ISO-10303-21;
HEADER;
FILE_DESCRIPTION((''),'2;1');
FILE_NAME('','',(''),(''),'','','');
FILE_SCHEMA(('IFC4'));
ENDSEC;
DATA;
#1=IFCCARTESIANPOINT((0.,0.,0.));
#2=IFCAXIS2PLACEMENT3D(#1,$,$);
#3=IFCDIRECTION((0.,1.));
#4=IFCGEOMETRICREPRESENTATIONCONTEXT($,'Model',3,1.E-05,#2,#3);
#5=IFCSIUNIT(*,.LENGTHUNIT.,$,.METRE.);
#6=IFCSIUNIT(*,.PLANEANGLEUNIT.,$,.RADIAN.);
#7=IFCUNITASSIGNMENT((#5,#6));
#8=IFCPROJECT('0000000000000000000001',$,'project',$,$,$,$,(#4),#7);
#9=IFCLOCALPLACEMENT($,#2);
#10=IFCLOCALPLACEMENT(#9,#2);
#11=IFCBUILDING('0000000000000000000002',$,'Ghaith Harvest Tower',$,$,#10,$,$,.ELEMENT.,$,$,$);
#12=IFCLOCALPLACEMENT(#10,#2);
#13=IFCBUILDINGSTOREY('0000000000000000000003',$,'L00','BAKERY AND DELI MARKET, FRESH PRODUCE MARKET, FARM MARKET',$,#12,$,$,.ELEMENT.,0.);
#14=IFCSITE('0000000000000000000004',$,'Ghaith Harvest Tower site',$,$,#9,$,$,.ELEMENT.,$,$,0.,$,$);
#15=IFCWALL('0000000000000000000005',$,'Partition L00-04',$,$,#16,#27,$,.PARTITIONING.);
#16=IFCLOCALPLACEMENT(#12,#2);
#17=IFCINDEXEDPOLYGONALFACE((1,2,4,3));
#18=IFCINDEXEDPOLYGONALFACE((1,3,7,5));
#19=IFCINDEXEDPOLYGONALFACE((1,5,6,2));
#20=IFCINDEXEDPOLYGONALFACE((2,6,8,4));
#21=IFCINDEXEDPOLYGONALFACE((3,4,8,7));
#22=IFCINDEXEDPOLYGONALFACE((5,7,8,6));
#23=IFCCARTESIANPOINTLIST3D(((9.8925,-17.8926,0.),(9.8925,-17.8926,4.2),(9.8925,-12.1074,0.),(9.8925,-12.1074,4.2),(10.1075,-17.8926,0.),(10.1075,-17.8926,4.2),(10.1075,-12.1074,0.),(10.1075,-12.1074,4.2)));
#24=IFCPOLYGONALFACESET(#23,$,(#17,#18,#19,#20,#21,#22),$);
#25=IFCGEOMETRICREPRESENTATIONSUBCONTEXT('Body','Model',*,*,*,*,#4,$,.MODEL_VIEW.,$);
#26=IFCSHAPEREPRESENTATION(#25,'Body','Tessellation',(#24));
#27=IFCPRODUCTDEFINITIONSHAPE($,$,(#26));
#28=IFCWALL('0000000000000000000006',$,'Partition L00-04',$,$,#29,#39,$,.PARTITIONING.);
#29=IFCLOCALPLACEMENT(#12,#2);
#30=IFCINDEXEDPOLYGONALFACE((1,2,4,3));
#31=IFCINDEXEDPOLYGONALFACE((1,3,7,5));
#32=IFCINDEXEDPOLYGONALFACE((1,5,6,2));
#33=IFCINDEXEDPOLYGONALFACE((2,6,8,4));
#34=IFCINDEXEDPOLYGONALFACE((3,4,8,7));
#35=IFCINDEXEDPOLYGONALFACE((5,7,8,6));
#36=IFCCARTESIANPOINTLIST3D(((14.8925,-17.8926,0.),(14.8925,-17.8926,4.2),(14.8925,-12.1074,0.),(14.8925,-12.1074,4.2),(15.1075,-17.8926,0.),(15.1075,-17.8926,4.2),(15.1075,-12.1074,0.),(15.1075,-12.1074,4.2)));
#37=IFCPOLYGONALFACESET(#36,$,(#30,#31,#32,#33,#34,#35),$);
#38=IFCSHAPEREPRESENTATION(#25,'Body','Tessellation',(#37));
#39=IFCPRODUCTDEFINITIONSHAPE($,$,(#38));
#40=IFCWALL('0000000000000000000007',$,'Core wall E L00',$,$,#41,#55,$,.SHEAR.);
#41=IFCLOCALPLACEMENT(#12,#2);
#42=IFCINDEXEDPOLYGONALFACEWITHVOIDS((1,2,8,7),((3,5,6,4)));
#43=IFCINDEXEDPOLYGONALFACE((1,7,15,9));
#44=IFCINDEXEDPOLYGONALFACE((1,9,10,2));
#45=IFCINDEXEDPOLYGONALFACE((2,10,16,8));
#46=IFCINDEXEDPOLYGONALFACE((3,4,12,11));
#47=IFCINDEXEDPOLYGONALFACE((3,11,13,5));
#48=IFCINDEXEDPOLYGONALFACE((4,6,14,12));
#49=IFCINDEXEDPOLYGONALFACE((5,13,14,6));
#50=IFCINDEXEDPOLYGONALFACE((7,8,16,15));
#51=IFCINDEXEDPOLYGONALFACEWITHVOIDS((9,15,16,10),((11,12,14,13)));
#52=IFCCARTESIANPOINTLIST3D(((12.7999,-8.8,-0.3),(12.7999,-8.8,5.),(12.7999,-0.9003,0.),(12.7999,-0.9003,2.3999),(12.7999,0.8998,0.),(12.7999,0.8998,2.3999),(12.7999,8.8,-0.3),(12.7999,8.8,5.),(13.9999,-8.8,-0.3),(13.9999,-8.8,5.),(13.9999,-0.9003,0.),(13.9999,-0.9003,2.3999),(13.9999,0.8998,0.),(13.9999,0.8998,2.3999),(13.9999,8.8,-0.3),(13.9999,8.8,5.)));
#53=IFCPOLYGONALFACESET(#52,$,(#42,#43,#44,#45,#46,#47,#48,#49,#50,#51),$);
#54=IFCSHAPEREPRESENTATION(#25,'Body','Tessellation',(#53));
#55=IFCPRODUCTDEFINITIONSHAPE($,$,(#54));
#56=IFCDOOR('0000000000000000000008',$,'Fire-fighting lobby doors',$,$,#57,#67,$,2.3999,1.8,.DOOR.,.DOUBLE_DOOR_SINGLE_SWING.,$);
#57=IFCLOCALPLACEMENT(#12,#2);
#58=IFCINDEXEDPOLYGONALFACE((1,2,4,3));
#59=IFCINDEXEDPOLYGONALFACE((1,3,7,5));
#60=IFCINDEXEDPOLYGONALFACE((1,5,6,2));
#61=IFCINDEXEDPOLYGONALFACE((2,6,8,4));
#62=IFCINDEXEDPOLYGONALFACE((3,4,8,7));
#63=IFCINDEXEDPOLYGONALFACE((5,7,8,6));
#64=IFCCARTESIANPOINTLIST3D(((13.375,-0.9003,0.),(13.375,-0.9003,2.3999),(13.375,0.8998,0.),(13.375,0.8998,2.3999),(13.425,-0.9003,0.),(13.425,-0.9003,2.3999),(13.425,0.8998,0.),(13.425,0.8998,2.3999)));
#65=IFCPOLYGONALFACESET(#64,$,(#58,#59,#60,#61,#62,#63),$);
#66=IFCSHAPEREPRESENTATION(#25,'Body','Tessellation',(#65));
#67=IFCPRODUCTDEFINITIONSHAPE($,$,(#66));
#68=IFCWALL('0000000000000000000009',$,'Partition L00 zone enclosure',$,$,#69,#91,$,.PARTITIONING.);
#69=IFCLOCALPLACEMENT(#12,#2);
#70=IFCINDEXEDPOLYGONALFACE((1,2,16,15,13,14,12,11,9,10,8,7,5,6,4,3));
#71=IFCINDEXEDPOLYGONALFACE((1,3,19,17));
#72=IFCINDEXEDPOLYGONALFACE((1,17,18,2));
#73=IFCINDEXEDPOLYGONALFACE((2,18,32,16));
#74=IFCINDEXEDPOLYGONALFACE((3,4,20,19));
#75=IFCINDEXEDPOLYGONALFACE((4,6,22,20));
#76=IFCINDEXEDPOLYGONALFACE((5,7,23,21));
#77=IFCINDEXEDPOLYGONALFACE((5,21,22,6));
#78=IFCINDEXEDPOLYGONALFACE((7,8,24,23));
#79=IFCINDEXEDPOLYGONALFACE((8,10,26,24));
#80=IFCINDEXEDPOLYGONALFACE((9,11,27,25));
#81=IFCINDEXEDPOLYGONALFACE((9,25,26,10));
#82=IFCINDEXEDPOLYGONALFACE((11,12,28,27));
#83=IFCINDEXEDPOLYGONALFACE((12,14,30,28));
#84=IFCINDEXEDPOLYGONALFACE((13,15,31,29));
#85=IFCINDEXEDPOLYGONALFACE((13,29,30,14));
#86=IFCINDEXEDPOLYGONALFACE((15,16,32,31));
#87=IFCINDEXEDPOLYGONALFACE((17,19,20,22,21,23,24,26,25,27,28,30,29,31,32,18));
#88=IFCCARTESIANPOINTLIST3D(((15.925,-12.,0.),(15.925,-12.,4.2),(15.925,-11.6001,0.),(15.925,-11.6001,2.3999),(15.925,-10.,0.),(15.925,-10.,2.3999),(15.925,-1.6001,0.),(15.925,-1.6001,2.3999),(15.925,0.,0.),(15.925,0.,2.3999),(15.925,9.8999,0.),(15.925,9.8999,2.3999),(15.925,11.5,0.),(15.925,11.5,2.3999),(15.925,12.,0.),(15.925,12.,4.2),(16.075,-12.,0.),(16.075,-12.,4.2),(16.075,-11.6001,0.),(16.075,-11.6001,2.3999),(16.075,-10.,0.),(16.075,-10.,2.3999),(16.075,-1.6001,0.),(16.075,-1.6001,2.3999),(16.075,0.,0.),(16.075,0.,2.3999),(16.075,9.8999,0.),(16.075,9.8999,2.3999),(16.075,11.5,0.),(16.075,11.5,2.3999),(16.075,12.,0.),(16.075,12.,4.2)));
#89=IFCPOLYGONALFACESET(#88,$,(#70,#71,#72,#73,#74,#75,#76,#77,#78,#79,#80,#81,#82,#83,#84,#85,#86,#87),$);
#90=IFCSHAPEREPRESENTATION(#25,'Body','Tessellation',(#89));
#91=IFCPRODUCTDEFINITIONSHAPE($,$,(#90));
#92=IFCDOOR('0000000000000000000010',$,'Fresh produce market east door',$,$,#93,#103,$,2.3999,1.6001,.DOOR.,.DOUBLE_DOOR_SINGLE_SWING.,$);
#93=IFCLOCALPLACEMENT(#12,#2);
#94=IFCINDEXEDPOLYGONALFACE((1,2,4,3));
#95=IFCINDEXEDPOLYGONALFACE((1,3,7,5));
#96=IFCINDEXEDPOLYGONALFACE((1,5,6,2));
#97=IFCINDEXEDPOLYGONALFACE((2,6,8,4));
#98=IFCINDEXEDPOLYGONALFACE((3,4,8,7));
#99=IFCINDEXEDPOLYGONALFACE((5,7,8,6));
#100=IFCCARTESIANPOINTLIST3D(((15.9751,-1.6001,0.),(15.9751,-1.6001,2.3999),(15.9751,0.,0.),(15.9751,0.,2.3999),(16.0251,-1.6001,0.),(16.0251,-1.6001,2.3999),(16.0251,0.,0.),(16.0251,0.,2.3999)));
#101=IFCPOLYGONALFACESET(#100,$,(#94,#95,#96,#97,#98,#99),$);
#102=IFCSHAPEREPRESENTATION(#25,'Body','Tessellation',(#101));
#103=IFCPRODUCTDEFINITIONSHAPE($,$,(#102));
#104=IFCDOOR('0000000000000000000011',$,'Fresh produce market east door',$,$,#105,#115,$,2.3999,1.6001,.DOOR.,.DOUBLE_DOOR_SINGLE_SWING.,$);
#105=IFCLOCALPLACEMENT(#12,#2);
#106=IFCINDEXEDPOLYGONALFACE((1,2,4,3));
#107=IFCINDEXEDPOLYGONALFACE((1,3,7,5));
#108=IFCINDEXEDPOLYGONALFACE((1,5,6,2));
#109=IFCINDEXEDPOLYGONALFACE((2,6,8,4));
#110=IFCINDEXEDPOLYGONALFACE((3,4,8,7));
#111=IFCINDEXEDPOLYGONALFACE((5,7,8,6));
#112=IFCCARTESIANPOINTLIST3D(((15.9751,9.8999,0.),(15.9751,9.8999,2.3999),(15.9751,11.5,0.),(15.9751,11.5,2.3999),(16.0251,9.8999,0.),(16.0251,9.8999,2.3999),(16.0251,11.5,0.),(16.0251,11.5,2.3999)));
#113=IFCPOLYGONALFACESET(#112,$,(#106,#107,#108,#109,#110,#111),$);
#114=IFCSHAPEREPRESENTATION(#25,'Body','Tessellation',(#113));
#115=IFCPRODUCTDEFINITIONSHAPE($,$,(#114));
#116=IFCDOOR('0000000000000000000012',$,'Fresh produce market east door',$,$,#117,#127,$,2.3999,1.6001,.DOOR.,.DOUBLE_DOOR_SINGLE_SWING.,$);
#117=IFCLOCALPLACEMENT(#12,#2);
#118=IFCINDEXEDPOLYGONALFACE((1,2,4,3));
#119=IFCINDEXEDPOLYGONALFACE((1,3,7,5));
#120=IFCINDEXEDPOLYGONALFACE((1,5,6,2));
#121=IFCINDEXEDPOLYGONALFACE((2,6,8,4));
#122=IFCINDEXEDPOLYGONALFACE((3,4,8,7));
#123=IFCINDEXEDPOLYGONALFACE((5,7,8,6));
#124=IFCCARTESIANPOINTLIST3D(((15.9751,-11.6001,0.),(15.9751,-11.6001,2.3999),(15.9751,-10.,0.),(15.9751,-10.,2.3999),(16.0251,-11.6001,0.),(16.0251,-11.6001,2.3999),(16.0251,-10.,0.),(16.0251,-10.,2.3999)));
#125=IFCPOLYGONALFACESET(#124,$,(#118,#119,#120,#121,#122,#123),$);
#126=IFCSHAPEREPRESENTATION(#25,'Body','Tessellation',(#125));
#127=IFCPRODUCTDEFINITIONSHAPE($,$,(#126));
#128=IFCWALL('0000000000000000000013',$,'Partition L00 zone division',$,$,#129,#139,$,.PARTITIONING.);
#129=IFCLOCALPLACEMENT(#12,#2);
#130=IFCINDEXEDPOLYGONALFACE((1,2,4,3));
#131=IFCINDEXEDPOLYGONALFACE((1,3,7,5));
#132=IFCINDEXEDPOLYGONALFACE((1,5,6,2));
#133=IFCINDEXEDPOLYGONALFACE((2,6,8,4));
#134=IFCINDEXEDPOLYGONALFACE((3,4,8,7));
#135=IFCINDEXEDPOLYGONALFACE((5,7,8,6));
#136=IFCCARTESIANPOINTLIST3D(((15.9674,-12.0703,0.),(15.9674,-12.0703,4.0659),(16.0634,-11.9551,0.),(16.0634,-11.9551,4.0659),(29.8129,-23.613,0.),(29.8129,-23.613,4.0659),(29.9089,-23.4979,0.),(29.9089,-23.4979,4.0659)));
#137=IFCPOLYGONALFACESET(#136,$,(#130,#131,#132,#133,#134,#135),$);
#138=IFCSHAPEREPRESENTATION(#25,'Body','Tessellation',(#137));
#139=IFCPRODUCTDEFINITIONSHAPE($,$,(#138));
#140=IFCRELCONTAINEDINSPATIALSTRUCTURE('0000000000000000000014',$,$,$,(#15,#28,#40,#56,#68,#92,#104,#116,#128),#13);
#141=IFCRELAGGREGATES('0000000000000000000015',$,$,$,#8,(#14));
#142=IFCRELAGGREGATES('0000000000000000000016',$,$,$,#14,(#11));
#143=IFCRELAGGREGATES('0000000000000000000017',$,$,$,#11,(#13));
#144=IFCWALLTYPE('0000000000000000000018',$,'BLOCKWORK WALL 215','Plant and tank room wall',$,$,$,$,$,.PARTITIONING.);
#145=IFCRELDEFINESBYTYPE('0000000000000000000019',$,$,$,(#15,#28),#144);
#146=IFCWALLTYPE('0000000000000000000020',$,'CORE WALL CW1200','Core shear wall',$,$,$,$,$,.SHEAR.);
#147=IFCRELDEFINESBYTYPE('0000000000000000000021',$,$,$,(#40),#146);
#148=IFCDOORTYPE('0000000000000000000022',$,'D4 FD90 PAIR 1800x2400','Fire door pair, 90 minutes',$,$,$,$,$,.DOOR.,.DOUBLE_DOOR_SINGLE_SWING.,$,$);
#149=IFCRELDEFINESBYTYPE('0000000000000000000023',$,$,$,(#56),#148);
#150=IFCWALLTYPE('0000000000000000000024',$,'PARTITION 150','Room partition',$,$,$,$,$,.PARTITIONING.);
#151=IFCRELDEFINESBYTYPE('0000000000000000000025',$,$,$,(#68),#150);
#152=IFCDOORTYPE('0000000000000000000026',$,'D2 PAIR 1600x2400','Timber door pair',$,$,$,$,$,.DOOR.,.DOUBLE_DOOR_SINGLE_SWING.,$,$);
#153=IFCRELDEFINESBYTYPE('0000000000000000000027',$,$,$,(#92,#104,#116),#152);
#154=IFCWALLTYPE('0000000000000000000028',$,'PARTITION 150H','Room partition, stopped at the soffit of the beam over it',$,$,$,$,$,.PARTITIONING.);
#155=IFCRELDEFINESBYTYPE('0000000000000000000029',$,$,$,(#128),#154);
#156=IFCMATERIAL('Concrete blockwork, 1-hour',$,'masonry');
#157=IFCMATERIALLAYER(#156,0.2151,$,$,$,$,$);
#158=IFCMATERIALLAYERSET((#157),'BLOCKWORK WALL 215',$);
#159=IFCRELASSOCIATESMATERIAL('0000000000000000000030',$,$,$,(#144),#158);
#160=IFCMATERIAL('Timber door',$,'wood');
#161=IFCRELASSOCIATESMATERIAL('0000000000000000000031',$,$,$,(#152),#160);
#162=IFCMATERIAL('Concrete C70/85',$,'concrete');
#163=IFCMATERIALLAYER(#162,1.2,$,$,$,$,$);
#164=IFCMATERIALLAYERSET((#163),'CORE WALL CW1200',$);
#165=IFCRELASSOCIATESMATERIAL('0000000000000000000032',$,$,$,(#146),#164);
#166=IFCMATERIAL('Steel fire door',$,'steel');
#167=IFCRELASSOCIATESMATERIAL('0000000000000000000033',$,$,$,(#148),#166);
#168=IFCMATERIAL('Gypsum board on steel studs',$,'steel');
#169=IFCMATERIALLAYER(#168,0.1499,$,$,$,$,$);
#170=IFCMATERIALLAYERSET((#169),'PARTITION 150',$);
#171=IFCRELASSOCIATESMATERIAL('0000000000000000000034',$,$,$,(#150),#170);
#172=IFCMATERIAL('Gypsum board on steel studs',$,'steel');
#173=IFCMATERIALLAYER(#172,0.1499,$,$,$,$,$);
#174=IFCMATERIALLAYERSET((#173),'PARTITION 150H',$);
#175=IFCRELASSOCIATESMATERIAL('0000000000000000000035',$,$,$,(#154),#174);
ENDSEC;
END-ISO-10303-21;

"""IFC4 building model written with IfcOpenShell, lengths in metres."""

from ifc_helpers import new_model, si_unit, direction, frame, frame_2d, origin, place, context, subcontext, project, spatial, rectangle, extrude, material, layer, layer_set, type_object, element, fill, save


model = new_model("IFC4")

# Units and contexts
model_context = context("Model", 3, precision=1e-05, world=origin(), true_north=direction((0.0, 1.0)))
body_context = subcontext(model_context, "Body", "Model", "MODEL_VIEW")
ifc_project = project(units=[si_unit("LENGTHUNIT", "METRE"), si_unit("PLANEANGLEUNIT", "RADIAN")], contexts=[model_context])

# Site, building, storey
site_placement = place(None, origin())
site = spatial("IfcSite", under=ifc_project, at=site_placement, Name="Ghaith Harvest Tower site", CompositionType="ELEMENT", RefElevation=0.0)
building_placement = place(site_placement, origin())
building = spatial("IfcBuilding", under=site, at=building_placement, Name="Ghaith Harvest Tower", CompositionType="ELEMENT")
storey_placement = place(building_placement, origin())
storey = spatial("IfcBuildingStorey", under=building, at=storey_placement, Name="L00", Description="BAKERY AND DELI MARKET, FRESH PRODUCE MARKET, FARM MARKET", CompositionType="ELEMENT", Elevation=0.0)

# Shared definitions
ifc_material_1 = material(Name="Concrete blockwork, 1-hour", Category="masonry")
ifc_layer_1 = layer(ifc_material_1, 0.2151)
ifc_layer_set_1 = layer_set([ifc_layer_1], Name="BLOCKWORK WALL 215")
wall_type_1 = type_object("IfcWallType", Name="BLOCKWORK WALL 215", Description="Plant and tank room wall", PredefinedType="PARTITIONING", material=ifc_layer_set_1)
ifc_material_2 = material(Name="Timber door", Category="wood")
door_type_1 = type_object("IfcDoorType", Name="D2 PAIR 1600x2400", Description="Timber door pair", OperationType="DOUBLE_DOOR_SINGLE_SWING", PredefinedType="DOOR", material=ifc_material_2)

# Walls
for number, where, z_axis, x_axis, name in (
    (1, (10.0, -17.8926, 0.0), (0.0, 0.0, 1.0), (0.0, 1.0, 0.0), "Partition L00-04"),
    (2, (15.0, -17.8926, 0.0), (0.0, 0.0, 1.0), (0.0, 1.0, 0.0), "Partition L00-04"),
):
    element("IfcWall", number, at=place(storey_placement, frame(where, z_axis=z_axis, x_axis=x_axis)), inside=storey, type_object=wall_type_1, Name=name, PredefinedType="PARTITIONING", context=body_context, shape_type="SweptSolid", body=[
        extrude(rectangle(XDim=5.7852, YDim=0.2151, at=frame_2d((2.8926, 0.0))), origin(), (0.0, 0.0, 1.0), 4.2),
    ])

# Wall, opening, door
ifc_material_3 = material(Name="Concrete C70/85", Category="concrete")
ifc_layer_2 = layer(ifc_material_3, 1.2)
ifc_layer_set_2 = layer_set([ifc_layer_2], Name="CORE WALL CW1200")
wall_type_2 = type_object("IfcWallType", Name="CORE WALL CW1200", Description="Core shear wall", PredefinedType="SHEAR", material=ifc_layer_set_2)
wall_1_placement = place(storey_placement, frame((13.3999, -8.8, -0.3), z_axis=(0.0, 0.0, 1.0), x_axis=(0.0, 1.0, 0.0)))
wall_1 = element("IfcWall", 3, at=wall_1_placement, inside=storey, type_object=wall_type_2, Name="Core wall E L00", PredefinedType="SHEAR", context=body_context, shape_type="SweptSolid", body=[
    extrude(rectangle(XDim=17.6001, YDim=1.2, at=frame_2d((8.8, 0.0))), origin(), (0.0, 0.0, 1.0), 5.3),
])
opening_1_placement = place(wall_1_placement, frame((7.8999, 0.0, 0.3)))
opening_1 = element("IfcOpeningElement", 4, at=opening_1_placement, cuts=wall_1, PredefinedType="OPENING", context=body_context, shape_type="SweptSolid", body=[
    extrude(rectangle(XDim=1.8, YDim=2.3999, at=frame_2d((0.8999, 1.2))), frame((0.0, 0.6099, 0.0), z_axis=(0.0, -1.0, 0.0), x_axis=(1.0, 0.0, 0.0)), (0.0, 0.0, 1.0), 1.22),
])
ifc_material_4 = material(Name="Steel fire door", Category="steel")
door_type_2 = type_object("IfcDoorType", Name="D4 FD90 PAIR 1800x2400", Description="Fire door pair, 90 minutes", OperationType="DOUBLE_DOOR_SINGLE_SWING", PredefinedType="DOOR", material=ifc_material_4)
door_1_placement = place(opening_1_placement, origin())
door_1 = element("IfcDoor", 5, at=door_1_placement, inside=storey, type_object=door_type_2, Name="Fire-fighting lobby doors", OperationType="DOUBLE_DOOR_SINGLE_SWING", OverallHeight=2.3999, OverallWidth=1.8, PredefinedType="DOOR", context=body_context, shape_type="SweptSolid", body=[
    extrude(rectangle(XDim=1.8, YDim=2.3999, at=frame_2d((0.8999, 1.2))), frame((0.0, 0.0249, 0.0), z_axis=(0.0, -1.0, 0.0), x_axis=(1.0, 0.0, 0.0)), (0.0, 0.0, 1.0), 0.05),
])
fill(opening_1, door_1)

# Wall, openings, doors
ifc_material_5 = material(Name="Gypsum board on steel studs", Category="steel")
ifc_layer_3 = layer(ifc_material_5, 0.1499)
ifc_layer_set_3 = layer_set([ifc_layer_3], Name="PARTITION 150")
wall_type_3 = type_object("IfcWallType", Name="PARTITION 150", Description="Room partition", PredefinedType="PARTITIONING", material=ifc_layer_set_3)
wall_2_placement = place(storey_placement, frame((16.0, -12.0, 0.0), z_axis=(0.0, 0.0, 1.0), x_axis=(0.0, 1.0, 0.0)))
wall_2 = element("IfcWall", 6, at=wall_2_placement, inside=storey, type_object=wall_type_3, Name="Partition L00 zone enclosure", PredefinedType="PARTITIONING", context=body_context, shape_type="SweptSolid", body=[
    extrude(rectangle(XDim=24.0, YDim=0.1499, at=frame_2d((12.0, 0.0))), origin(), (0.0, 0.0, 1.0), 4.2),
])
opening_2_placement = place(wall_2_placement, frame((10.3999, 0.0, 0.0)))
opening_2 = element("IfcOpeningElement", 7, at=opening_2_placement, cuts=wall_2, PredefinedType="OPENING", context=body_context, shape_type="SweptSolid", body=[
    extrude(rectangle(XDim=1.6001, YDim=2.3999, at=frame_2d((0.8, 1.2))), frame((0.0, 0.085, 0.0), z_axis=(0.0, -1.0, 0.0), x_axis=(1.0, 0.0, 0.0)), (0.0, 0.0, 1.0), 0.1699),
])
opening_3_placement = place(wall_2_placement, frame((21.8999, 0.0, 0.0)))
opening_3 = element("IfcOpeningElement", 8, at=opening_3_placement, cuts=wall_2, PredefinedType="OPENING", context=body_context, shape_type="SweptSolid", body=[
    extrude(rectangle(XDim=1.6001, YDim=2.3999, at=frame_2d((0.8, 1.2))), frame((0.0, 0.085, 0.0), z_axis=(0.0, -1.0, 0.0), x_axis=(1.0, 0.0, 0.0)), (0.0, 0.0, 1.0), 0.1699),
])
opening_4_placement = place(wall_2_placement, frame((0.3999, 0.0, 0.0)))
opening_4 = element("IfcOpeningElement", 9, at=opening_4_placement, cuts=wall_2, PredefinedType="OPENING", context=body_context, shape_type="SweptSolid", body=[
    extrude(rectangle(XDim=1.6001, YDim=2.3999, at=frame_2d((0.8, 1.2))), frame((0.0, 0.085, 0.0), z_axis=(0.0, -1.0, 0.0), x_axis=(1.0, 0.0, 0.0)), (0.0, 0.0, 1.0), 0.1699),
])
door_2_placement = place(opening_2_placement, origin())
door_2 = element("IfcDoor", 10, at=door_2_placement, inside=storey, type_object=door_type_1, Name="Fresh produce market east door", OperationType="DOUBLE_DOOR_SINGLE_SWING", OverallHeight=2.3999, OverallWidth=1.6001, PredefinedType="DOOR", context=body_context, shape_type="SweptSolid", body=[
    extrude(rectangle(XDim=1.6001, YDim=2.3999, at=frame_2d((0.8, 1.2))), frame((0.0, 0.0249, 0.0), z_axis=(0.0, -1.0, 0.0), x_axis=(1.0, 0.0, 0.0)), (0.0, 0.0, 1.0), 0.05),
])
fill(opening_2, door_2)
door_3_placement = place(opening_3_placement, origin())
door_3 = element("IfcDoor", 11, at=door_3_placement, inside=storey, type_object=door_type_1, Name="Fresh produce market east door", OperationType="DOUBLE_DOOR_SINGLE_SWING", OverallHeight=2.3999, OverallWidth=1.6001, PredefinedType="DOOR", context=body_context, shape_type="SweptSolid", body=[
    extrude(rectangle(XDim=1.6001, YDim=2.3999, at=frame_2d((0.8, 1.2))), frame((0.0, 0.0249, 0.0), z_axis=(0.0, -1.0, 0.0), x_axis=(1.0, 0.0, 0.0)), (0.0, 0.0, 1.0), 0.05),
])
fill(opening_3, door_3)
door_4_placement = place(opening_4_placement, origin())
door_4 = element("IfcDoor", 12, at=door_4_placement, inside=storey, type_object=door_type_1, Name="Fresh produce market east door", OperationType="DOUBLE_DOOR_SINGLE_SWING", OverallHeight=2.3999, OverallWidth=1.6001, PredefinedType="DOOR", context=body_context, shape_type="SweptSolid", body=[
    extrude(rectangle(XDim=1.6001, YDim=2.3999, at=frame_2d((0.8, 1.2))), frame((0.0, 0.0249, 0.0), z_axis=(0.0, -1.0, 0.0), x_axis=(1.0, 0.0, 0.0)), (0.0, 0.0, 1.0), 0.05),
])
fill(opening_4, door_4)

# Wall
ifc_material_6 = material(Name="Gypsum board on steel studs", Category="steel")
ifc_layer_4 = layer(ifc_material_6, 0.1499)
ifc_layer_set_4 = layer_set([ifc_layer_4], Name="PARTITION 150H")
wall_type_4 = type_object("IfcWallType", Name="PARTITION 150H", Description="Room partition, stopped at the soffit of the beam over it", PredefinedType="PARTITIONING", material=ifc_layer_set_4)
wall_3_placement = place(storey_placement, frame((16.0154, -12.0127, 0.0), z_axis=(0.0, 0.0, 1.0), x_axis=(0.768089, -0.640343, 0.0)))
element("IfcWall", 13, at=wall_3_placement, inside=storey, type_object=wall_type_4, Name="Partition L00 zone division", PredefinedType="PARTITIONING", context=body_context, shape_type="SweptSolid", body=[
    extrude(rectangle(XDim=18.0259, YDim=0.1499, at=frame_2d((9.0129, 0.0))), origin(), (0.0, 0.0, 1.0), 4.0659),
])

save(model, "model.ifc")
